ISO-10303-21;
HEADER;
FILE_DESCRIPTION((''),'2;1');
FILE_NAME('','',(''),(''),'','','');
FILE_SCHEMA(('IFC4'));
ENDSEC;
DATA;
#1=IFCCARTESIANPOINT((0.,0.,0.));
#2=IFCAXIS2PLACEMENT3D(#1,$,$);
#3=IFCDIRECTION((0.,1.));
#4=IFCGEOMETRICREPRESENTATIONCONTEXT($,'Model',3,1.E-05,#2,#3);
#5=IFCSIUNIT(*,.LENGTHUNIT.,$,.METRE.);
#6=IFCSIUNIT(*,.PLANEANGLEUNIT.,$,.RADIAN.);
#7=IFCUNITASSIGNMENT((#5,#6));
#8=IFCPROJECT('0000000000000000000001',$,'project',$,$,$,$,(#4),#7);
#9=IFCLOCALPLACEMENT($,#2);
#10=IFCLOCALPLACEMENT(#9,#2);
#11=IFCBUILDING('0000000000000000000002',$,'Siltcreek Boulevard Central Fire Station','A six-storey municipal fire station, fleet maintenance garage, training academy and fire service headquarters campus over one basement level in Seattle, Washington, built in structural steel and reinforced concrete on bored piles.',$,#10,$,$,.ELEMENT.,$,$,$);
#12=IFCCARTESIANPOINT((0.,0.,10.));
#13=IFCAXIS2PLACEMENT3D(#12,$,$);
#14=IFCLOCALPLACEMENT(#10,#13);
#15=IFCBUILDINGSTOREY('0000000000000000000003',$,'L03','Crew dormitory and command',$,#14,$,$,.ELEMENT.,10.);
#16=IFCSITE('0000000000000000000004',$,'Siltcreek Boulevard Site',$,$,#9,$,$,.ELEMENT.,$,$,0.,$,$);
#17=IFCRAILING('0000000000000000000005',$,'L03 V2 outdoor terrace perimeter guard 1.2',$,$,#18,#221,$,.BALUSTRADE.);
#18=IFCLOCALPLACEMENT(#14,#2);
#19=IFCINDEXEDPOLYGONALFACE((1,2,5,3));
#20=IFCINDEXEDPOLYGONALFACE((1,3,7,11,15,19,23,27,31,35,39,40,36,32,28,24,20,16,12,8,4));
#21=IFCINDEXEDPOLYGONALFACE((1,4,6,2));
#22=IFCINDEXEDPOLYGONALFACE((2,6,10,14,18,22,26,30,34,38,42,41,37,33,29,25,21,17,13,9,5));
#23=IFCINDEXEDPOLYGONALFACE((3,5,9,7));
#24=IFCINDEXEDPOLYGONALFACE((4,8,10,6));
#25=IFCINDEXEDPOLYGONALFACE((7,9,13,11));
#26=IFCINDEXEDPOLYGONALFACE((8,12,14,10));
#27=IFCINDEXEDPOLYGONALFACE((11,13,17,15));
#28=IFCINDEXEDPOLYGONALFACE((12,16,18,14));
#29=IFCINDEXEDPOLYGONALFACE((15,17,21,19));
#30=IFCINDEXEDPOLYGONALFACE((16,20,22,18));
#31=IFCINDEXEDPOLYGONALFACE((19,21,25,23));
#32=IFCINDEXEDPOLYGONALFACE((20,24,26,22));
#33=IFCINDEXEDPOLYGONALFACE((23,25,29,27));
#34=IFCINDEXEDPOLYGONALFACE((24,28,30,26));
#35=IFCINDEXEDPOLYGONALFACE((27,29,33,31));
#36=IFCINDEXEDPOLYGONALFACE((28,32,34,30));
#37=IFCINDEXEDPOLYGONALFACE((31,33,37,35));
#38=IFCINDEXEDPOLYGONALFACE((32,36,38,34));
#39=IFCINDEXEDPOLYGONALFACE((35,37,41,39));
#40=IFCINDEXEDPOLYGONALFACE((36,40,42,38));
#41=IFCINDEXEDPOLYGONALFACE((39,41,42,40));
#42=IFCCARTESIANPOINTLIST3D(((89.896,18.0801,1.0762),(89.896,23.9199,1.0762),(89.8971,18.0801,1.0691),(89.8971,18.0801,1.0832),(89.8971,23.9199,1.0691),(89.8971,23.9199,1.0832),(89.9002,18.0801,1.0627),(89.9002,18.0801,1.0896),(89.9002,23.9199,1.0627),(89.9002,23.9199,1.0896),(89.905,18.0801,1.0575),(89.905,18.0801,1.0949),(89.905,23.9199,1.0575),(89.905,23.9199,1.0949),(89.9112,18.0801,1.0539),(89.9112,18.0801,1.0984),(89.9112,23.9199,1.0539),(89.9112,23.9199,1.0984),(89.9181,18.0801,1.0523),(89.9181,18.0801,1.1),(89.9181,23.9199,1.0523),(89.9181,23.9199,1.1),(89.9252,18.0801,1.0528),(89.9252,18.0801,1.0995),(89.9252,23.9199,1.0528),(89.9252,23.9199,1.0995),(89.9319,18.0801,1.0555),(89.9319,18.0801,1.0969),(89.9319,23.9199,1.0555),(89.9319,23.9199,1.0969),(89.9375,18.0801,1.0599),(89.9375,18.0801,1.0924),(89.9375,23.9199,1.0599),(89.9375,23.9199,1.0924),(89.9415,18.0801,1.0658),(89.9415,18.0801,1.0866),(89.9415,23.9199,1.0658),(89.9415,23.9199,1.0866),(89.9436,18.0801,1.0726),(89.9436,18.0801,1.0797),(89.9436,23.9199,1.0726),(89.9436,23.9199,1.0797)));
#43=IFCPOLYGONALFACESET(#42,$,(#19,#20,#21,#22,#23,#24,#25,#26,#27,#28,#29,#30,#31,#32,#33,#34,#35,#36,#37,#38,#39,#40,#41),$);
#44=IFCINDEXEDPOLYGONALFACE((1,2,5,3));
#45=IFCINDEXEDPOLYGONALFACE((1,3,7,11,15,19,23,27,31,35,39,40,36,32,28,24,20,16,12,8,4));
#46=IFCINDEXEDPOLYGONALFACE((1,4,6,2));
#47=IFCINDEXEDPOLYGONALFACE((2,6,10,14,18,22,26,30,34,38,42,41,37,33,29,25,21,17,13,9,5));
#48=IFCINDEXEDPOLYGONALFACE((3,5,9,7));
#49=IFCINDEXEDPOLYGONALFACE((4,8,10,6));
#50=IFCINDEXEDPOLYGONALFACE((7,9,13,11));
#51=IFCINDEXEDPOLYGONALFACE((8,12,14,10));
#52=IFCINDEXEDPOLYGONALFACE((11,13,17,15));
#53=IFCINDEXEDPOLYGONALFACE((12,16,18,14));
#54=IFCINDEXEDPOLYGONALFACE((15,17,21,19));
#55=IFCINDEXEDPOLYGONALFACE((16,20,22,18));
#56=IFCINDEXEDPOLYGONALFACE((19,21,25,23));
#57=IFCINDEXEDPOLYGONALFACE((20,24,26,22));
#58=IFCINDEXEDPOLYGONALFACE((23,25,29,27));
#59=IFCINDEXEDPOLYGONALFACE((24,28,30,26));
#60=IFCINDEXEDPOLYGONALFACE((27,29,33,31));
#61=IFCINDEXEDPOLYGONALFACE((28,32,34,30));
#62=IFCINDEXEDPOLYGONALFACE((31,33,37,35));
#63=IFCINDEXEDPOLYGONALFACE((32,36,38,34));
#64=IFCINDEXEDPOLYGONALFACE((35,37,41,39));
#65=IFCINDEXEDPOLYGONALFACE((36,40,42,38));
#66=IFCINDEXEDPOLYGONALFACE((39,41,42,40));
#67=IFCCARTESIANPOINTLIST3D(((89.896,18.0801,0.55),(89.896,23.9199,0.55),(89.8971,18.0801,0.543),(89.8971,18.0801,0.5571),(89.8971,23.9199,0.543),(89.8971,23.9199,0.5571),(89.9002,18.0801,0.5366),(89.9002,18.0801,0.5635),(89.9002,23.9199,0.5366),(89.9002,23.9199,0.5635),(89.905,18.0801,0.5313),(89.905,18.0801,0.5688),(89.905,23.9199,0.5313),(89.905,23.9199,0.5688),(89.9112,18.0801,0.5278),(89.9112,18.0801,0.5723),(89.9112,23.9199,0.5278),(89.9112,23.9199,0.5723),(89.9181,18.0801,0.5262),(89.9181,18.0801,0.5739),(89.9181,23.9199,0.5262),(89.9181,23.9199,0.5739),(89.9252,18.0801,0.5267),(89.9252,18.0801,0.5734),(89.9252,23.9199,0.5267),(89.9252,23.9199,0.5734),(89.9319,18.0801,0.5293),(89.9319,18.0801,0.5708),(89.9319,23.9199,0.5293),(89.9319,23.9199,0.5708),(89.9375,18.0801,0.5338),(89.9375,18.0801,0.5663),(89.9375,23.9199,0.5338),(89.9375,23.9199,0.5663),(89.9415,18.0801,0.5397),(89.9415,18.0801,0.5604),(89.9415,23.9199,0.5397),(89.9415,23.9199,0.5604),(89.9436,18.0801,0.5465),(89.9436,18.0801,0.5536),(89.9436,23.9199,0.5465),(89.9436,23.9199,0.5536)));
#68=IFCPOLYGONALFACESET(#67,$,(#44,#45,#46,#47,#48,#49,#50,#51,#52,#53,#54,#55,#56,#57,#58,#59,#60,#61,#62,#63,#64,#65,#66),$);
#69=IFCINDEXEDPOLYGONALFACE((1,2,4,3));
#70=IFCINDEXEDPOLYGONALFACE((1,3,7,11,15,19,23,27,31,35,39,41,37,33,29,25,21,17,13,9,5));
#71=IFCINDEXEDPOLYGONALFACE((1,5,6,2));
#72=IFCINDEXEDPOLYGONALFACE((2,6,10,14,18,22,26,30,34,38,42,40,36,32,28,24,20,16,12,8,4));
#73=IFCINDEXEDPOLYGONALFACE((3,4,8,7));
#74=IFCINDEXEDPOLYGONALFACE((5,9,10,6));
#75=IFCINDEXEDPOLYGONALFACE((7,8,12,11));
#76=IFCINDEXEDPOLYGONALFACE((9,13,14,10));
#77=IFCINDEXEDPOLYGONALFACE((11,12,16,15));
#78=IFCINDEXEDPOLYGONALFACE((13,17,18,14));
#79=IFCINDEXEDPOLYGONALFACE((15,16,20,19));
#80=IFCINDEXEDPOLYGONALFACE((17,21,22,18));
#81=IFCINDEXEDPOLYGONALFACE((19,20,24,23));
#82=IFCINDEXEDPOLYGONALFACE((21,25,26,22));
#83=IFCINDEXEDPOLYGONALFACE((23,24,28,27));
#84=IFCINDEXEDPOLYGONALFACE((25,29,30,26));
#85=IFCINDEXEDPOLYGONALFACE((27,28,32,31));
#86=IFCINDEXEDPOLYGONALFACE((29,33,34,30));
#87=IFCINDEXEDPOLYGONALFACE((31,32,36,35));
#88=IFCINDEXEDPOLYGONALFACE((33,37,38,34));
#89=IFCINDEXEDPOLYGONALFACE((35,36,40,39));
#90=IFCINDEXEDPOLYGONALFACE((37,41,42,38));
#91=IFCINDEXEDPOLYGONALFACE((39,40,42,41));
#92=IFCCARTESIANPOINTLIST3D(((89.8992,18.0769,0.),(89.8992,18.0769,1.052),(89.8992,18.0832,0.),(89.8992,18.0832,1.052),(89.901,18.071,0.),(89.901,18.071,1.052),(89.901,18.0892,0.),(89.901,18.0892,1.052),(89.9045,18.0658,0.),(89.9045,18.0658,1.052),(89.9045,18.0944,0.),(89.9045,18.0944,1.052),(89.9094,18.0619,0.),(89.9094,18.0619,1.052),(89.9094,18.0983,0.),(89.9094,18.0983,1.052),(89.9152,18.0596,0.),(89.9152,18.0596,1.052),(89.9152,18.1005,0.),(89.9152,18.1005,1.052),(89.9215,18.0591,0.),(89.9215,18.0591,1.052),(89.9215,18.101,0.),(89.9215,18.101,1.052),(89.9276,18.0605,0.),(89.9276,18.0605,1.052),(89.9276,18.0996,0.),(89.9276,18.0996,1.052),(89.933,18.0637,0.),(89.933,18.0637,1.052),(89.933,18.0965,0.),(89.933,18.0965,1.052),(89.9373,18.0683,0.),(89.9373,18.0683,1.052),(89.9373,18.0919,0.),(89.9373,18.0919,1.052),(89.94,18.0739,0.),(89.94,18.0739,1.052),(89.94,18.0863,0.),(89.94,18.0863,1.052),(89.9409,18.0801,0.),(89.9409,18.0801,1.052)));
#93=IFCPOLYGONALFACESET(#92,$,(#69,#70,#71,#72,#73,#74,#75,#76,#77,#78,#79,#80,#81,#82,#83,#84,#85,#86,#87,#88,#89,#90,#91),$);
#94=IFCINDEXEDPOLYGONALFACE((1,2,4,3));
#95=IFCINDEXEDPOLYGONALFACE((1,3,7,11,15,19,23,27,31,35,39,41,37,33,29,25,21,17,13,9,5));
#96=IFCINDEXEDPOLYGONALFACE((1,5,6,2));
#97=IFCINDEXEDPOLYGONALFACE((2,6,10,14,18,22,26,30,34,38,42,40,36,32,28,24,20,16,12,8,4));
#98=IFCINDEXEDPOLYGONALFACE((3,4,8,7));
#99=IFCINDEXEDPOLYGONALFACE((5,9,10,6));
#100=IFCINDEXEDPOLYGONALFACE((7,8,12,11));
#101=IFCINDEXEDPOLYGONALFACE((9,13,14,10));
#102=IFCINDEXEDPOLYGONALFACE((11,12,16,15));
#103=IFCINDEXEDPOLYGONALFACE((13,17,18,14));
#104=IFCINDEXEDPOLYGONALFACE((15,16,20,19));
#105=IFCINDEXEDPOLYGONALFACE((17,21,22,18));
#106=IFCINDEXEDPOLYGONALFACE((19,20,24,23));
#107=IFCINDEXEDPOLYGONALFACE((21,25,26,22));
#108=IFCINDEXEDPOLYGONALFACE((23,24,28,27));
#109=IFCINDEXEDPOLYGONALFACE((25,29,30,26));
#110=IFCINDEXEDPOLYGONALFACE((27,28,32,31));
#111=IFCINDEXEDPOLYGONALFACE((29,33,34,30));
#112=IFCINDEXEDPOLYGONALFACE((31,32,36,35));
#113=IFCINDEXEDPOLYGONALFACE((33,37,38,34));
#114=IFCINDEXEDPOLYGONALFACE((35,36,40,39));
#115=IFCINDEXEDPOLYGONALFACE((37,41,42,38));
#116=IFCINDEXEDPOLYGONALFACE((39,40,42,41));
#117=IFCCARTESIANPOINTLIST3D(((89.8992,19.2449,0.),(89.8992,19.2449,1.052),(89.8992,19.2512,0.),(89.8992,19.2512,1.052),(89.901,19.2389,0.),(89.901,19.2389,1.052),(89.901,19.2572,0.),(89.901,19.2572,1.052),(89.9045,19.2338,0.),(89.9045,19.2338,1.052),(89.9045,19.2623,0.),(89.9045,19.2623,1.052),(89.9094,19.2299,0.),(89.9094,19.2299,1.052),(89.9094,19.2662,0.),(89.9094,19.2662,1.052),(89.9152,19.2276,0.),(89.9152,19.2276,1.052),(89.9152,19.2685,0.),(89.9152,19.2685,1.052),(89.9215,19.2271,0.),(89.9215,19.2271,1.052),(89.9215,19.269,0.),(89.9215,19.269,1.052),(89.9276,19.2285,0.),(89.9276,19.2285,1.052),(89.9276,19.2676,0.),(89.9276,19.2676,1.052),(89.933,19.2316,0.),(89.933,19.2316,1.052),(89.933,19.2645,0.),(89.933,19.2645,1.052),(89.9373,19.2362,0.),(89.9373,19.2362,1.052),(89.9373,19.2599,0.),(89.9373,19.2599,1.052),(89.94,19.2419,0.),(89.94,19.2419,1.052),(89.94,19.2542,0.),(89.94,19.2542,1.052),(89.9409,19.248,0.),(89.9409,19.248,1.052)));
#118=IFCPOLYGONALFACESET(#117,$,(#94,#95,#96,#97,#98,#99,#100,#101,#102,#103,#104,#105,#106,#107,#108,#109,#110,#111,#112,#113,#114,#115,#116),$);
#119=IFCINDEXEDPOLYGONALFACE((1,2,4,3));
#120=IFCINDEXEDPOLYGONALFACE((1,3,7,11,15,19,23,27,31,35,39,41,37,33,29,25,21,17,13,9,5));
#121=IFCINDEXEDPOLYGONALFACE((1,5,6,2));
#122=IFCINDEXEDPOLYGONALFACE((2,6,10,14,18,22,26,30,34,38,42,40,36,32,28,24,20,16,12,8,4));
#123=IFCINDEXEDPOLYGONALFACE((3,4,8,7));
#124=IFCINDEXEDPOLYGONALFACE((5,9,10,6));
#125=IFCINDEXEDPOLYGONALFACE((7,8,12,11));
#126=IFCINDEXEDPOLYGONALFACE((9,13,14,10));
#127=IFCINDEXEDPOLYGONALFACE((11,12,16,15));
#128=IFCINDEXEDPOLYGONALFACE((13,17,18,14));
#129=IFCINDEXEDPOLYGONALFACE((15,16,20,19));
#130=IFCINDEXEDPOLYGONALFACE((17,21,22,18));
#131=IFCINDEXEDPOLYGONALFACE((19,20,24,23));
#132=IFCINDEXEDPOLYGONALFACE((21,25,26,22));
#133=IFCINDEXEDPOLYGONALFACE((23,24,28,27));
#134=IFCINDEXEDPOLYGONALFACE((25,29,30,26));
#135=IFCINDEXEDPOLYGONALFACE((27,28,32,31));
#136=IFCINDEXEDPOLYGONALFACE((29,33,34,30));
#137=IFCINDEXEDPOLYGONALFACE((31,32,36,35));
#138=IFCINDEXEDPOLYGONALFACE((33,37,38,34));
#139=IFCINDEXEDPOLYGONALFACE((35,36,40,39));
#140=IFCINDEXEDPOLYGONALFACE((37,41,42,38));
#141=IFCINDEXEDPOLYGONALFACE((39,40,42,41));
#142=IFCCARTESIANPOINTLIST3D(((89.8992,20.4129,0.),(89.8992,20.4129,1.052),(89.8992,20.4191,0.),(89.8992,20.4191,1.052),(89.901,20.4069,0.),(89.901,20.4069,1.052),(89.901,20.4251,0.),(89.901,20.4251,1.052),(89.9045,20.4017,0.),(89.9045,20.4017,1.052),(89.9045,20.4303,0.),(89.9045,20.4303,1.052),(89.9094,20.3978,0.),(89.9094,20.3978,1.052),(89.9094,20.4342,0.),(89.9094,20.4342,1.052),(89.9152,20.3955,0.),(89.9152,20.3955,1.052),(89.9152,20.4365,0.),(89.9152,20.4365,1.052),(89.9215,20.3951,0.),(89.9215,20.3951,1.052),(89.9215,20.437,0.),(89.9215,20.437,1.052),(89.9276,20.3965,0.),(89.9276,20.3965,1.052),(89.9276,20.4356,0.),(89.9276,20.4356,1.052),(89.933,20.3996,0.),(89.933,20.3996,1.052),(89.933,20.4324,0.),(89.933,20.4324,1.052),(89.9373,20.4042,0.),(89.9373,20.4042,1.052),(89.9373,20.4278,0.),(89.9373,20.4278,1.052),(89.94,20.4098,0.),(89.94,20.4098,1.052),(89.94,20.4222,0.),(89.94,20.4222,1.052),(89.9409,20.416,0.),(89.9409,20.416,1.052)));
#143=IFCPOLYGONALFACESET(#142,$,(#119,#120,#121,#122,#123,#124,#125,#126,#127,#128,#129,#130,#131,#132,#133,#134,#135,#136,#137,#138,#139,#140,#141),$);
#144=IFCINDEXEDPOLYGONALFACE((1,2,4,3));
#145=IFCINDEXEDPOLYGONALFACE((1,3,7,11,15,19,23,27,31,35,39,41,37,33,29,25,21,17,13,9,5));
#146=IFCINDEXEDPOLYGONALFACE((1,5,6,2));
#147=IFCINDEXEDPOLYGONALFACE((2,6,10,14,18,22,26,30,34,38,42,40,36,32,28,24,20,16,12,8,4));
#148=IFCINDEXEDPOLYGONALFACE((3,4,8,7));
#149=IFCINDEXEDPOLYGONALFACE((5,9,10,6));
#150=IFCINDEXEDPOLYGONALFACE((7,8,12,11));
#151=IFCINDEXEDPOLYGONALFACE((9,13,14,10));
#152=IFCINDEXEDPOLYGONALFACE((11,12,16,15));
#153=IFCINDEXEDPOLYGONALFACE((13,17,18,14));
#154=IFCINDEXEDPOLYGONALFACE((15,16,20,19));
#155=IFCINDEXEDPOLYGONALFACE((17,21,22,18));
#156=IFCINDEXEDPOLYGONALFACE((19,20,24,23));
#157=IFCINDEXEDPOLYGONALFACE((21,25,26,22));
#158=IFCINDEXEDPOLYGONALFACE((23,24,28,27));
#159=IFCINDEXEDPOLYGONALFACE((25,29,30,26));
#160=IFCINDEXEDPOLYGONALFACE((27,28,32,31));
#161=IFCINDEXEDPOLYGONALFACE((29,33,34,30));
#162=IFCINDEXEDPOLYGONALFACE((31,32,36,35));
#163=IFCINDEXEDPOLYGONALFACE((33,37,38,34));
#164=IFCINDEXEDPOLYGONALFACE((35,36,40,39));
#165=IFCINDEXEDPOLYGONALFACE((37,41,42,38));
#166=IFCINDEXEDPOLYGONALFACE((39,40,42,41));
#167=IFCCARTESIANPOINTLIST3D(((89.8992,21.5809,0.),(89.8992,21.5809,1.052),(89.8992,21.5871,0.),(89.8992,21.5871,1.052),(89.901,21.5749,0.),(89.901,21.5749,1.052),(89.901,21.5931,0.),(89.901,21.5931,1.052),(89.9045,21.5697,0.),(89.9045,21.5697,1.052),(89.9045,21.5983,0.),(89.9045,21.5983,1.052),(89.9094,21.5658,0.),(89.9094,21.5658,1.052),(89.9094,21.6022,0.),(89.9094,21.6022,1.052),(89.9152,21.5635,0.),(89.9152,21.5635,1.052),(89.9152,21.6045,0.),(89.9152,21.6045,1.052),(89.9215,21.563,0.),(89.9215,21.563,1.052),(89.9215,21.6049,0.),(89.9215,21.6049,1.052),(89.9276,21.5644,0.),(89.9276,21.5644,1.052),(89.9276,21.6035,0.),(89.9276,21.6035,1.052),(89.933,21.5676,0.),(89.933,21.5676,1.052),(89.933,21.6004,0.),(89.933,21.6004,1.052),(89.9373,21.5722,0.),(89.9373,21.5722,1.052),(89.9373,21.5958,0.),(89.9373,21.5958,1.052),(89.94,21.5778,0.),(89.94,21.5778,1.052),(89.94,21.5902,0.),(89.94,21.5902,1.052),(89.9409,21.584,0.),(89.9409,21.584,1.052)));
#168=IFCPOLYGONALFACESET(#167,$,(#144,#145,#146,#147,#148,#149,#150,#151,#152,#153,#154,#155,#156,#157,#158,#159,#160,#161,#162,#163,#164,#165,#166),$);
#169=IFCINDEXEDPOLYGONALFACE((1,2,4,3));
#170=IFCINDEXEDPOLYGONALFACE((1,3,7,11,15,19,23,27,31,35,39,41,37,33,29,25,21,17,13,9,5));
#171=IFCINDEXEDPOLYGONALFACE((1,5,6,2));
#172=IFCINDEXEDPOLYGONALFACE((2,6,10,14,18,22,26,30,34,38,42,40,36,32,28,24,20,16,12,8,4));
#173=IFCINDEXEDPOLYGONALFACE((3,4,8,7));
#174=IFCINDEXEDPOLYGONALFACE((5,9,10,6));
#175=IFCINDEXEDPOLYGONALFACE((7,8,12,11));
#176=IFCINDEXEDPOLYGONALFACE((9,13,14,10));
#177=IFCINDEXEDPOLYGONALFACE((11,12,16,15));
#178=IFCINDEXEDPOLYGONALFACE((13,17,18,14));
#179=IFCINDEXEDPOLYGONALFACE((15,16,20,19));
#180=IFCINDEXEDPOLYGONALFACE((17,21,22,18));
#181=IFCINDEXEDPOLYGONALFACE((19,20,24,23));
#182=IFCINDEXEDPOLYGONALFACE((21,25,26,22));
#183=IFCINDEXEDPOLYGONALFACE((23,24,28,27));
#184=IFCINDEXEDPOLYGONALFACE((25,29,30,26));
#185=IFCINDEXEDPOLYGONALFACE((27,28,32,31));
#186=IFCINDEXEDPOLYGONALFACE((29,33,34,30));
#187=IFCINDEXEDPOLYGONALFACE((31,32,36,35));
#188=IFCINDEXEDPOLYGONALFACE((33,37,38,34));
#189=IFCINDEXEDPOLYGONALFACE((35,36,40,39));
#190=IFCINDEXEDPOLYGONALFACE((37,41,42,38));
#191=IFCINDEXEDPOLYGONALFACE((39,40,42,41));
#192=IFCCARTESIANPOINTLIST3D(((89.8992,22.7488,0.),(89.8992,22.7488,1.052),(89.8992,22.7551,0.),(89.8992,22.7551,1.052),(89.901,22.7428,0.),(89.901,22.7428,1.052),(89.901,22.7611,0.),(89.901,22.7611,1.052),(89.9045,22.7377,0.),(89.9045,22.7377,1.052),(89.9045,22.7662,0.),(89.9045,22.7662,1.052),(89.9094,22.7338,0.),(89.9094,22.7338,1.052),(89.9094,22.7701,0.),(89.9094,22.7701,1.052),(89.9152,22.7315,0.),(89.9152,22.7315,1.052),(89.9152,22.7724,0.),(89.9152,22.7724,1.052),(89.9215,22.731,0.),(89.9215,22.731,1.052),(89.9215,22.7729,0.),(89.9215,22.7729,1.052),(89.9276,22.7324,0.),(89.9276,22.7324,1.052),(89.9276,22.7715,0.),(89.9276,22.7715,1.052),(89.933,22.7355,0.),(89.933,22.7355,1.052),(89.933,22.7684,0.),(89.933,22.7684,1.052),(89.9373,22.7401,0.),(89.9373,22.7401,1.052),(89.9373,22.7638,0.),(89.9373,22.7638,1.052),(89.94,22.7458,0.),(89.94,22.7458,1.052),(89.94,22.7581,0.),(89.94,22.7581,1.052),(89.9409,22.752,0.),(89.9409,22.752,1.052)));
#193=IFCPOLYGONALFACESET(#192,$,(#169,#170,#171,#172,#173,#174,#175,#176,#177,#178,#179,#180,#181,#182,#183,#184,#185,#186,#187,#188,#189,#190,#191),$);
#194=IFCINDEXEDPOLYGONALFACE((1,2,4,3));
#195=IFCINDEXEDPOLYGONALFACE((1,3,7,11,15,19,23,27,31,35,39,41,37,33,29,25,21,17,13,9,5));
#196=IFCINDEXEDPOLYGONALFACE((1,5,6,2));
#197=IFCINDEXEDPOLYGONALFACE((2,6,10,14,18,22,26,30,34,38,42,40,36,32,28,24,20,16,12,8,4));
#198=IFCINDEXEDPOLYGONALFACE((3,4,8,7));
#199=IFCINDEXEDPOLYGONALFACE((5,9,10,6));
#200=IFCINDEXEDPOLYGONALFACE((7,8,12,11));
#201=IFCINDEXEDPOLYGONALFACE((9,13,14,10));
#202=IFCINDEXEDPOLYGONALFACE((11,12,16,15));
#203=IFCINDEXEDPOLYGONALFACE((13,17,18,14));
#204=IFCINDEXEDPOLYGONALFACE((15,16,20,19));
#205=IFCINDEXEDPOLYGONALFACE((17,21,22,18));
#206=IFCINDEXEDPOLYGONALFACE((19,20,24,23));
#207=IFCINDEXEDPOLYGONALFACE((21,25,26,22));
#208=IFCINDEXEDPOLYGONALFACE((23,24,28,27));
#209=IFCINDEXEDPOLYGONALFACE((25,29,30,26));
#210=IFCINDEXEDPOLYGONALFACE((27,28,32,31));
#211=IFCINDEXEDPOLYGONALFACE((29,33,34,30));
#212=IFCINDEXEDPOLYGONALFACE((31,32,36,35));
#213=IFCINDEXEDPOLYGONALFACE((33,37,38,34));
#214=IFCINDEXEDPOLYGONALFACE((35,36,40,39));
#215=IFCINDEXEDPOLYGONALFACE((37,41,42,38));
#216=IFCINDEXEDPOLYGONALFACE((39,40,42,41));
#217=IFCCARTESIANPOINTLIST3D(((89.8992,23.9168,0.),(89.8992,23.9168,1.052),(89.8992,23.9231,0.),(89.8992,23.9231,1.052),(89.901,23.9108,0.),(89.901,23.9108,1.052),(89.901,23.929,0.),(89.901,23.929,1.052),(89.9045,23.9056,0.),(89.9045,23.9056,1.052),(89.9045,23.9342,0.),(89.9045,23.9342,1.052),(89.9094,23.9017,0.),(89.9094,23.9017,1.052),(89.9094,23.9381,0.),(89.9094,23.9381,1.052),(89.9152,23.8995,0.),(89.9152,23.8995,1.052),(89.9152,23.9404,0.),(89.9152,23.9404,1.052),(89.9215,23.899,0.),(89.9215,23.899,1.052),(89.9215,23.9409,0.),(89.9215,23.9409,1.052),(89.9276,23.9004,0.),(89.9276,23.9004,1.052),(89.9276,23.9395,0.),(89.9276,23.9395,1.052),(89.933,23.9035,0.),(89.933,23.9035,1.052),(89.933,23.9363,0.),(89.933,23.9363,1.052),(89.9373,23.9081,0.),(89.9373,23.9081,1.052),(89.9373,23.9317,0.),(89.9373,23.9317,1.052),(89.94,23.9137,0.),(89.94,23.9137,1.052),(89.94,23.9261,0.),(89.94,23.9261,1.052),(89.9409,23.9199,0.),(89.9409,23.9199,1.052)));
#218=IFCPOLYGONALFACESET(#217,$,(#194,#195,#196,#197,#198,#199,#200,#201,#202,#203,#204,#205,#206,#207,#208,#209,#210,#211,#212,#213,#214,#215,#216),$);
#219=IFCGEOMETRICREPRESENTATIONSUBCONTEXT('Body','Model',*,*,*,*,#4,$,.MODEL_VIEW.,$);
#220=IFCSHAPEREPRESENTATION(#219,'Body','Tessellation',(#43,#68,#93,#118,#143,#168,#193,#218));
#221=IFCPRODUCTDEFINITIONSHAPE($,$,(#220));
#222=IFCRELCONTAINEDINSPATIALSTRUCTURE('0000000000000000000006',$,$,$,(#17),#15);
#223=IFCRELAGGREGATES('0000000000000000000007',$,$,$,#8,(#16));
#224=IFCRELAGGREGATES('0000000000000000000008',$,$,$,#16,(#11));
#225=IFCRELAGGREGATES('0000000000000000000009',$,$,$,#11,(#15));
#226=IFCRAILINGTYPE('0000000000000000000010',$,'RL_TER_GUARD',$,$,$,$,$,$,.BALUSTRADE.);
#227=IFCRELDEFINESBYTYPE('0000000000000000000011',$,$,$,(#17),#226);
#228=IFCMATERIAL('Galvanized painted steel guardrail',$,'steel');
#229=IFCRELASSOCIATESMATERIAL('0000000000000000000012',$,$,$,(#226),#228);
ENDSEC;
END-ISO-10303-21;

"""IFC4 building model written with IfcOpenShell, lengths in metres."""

from ifc_helpers import new_model, si_unit, direction, frame, origin, origin_2d, place, context, subcontext, project, spatial, circle, extrude, material, type_object, element, save


model = new_model("IFC4")

# Units and contexts
model_context = context("Model", 3, precision=1e-05, world=origin(), true_north=direction((0.0, 1.0)))
body_context = subcontext(model_context, "Body", "Model", "MODEL_VIEW")
ifc_project = project(units=[si_unit("LENGTHUNIT", "METRE"), si_unit("PLANEANGLEUNIT", "RADIAN")], contexts=[model_context])

# Site, building, storey
site_placement = place(None, origin())
site = spatial("IfcSite", under=ifc_project, at=site_placement, Name="Siltcreek Boulevard Site", CompositionType="ELEMENT", RefElevation=0.0)
building_placement = place(site_placement, origin())
building = spatial("IfcBuilding", under=site, at=building_placement, Name="Siltcreek Boulevard Central Fire Station", Description="A six-storey municipal fire station, fleet maintenance garage, training academy and fire service headquarters campus over one basement level in Seattle, Washington, built in structural steel and reinforced concrete on bored piles.", CompositionType="ELEMENT")
storey_placement = place(building_placement, frame((0.0, 0.0, 10.0)))
storey = spatial("IfcBuildingStorey", under=building, at=storey_placement, Name="L03", Description="Crew dormitory and command", CompositionType="ELEMENT", Elevation=10.0)

# Railing
ifc_material_1 = material(Name="Galvanized painted steel guardrail", Category="steel")
railing_type = type_object("IfcRailingType", Name="RL_TER_GUARD", PredefinedType="BALUSTRADE", material=ifc_material_1)
railing_placement = place(storey_placement, frame((89.9199, 18.0801, 0.0)))
element("IfcRailing", 1, at=railing_placement, inside=storey, type_object=railing_type, Name="L03 V2 outdoor terrace perimeter guard 1.2", PredefinedType="BALUSTRADE", context=body_context, shape_type="SweptSolid", body=[
    extrude(circle(Radius=0.0239, at=origin_2d()), frame((0.0, 0.0, 1.0762), z_axis=(0.0, 1.0, 0.0), x_axis=(-1.0, 0.0, 0.0)), (0.0, 0.0, 1.0), 5.8398),
    extrude(circle(Radius=0.0239, at=origin_2d()), frame((0.0, 0.0, 0.55), z_axis=(0.0, 1.0, 0.0), x_axis=(-1.0, 0.0, 0.0)), (0.0, 0.0, 1.0), 5.8398),
    extrude(circle(Radius=0.021, at=origin_2d()), origin(), (0.0, 0.0, 1.0), 1.052),
    extrude(circle(Radius=0.021, at=origin_2d()), frame((0.0, 1.168, 0.0)), (0.0, 0.0, 1.0), 1.052),
    extrude(circle(Radius=0.021, at=origin_2d()), frame((0.0, 2.3359, 0.0)), (0.0, 0.0, 1.0), 1.052),
    extrude(circle(Radius=0.021, at=origin_2d()), frame((0.0, 3.5039, 0.0)), (0.0, 0.0, 1.0), 1.052),
    extrude(circle(Radius=0.021, at=origin_2d()), frame((0.0, 4.6719, 0.0)), (0.0, 0.0, 1.0), 1.052),
    extrude(circle(Radius=0.021, at=origin_2d()), frame((0.0, 5.8398, 0.0)), (0.0, 0.0, 1.0), 1.052),
])

save(model, "model.ifc")
